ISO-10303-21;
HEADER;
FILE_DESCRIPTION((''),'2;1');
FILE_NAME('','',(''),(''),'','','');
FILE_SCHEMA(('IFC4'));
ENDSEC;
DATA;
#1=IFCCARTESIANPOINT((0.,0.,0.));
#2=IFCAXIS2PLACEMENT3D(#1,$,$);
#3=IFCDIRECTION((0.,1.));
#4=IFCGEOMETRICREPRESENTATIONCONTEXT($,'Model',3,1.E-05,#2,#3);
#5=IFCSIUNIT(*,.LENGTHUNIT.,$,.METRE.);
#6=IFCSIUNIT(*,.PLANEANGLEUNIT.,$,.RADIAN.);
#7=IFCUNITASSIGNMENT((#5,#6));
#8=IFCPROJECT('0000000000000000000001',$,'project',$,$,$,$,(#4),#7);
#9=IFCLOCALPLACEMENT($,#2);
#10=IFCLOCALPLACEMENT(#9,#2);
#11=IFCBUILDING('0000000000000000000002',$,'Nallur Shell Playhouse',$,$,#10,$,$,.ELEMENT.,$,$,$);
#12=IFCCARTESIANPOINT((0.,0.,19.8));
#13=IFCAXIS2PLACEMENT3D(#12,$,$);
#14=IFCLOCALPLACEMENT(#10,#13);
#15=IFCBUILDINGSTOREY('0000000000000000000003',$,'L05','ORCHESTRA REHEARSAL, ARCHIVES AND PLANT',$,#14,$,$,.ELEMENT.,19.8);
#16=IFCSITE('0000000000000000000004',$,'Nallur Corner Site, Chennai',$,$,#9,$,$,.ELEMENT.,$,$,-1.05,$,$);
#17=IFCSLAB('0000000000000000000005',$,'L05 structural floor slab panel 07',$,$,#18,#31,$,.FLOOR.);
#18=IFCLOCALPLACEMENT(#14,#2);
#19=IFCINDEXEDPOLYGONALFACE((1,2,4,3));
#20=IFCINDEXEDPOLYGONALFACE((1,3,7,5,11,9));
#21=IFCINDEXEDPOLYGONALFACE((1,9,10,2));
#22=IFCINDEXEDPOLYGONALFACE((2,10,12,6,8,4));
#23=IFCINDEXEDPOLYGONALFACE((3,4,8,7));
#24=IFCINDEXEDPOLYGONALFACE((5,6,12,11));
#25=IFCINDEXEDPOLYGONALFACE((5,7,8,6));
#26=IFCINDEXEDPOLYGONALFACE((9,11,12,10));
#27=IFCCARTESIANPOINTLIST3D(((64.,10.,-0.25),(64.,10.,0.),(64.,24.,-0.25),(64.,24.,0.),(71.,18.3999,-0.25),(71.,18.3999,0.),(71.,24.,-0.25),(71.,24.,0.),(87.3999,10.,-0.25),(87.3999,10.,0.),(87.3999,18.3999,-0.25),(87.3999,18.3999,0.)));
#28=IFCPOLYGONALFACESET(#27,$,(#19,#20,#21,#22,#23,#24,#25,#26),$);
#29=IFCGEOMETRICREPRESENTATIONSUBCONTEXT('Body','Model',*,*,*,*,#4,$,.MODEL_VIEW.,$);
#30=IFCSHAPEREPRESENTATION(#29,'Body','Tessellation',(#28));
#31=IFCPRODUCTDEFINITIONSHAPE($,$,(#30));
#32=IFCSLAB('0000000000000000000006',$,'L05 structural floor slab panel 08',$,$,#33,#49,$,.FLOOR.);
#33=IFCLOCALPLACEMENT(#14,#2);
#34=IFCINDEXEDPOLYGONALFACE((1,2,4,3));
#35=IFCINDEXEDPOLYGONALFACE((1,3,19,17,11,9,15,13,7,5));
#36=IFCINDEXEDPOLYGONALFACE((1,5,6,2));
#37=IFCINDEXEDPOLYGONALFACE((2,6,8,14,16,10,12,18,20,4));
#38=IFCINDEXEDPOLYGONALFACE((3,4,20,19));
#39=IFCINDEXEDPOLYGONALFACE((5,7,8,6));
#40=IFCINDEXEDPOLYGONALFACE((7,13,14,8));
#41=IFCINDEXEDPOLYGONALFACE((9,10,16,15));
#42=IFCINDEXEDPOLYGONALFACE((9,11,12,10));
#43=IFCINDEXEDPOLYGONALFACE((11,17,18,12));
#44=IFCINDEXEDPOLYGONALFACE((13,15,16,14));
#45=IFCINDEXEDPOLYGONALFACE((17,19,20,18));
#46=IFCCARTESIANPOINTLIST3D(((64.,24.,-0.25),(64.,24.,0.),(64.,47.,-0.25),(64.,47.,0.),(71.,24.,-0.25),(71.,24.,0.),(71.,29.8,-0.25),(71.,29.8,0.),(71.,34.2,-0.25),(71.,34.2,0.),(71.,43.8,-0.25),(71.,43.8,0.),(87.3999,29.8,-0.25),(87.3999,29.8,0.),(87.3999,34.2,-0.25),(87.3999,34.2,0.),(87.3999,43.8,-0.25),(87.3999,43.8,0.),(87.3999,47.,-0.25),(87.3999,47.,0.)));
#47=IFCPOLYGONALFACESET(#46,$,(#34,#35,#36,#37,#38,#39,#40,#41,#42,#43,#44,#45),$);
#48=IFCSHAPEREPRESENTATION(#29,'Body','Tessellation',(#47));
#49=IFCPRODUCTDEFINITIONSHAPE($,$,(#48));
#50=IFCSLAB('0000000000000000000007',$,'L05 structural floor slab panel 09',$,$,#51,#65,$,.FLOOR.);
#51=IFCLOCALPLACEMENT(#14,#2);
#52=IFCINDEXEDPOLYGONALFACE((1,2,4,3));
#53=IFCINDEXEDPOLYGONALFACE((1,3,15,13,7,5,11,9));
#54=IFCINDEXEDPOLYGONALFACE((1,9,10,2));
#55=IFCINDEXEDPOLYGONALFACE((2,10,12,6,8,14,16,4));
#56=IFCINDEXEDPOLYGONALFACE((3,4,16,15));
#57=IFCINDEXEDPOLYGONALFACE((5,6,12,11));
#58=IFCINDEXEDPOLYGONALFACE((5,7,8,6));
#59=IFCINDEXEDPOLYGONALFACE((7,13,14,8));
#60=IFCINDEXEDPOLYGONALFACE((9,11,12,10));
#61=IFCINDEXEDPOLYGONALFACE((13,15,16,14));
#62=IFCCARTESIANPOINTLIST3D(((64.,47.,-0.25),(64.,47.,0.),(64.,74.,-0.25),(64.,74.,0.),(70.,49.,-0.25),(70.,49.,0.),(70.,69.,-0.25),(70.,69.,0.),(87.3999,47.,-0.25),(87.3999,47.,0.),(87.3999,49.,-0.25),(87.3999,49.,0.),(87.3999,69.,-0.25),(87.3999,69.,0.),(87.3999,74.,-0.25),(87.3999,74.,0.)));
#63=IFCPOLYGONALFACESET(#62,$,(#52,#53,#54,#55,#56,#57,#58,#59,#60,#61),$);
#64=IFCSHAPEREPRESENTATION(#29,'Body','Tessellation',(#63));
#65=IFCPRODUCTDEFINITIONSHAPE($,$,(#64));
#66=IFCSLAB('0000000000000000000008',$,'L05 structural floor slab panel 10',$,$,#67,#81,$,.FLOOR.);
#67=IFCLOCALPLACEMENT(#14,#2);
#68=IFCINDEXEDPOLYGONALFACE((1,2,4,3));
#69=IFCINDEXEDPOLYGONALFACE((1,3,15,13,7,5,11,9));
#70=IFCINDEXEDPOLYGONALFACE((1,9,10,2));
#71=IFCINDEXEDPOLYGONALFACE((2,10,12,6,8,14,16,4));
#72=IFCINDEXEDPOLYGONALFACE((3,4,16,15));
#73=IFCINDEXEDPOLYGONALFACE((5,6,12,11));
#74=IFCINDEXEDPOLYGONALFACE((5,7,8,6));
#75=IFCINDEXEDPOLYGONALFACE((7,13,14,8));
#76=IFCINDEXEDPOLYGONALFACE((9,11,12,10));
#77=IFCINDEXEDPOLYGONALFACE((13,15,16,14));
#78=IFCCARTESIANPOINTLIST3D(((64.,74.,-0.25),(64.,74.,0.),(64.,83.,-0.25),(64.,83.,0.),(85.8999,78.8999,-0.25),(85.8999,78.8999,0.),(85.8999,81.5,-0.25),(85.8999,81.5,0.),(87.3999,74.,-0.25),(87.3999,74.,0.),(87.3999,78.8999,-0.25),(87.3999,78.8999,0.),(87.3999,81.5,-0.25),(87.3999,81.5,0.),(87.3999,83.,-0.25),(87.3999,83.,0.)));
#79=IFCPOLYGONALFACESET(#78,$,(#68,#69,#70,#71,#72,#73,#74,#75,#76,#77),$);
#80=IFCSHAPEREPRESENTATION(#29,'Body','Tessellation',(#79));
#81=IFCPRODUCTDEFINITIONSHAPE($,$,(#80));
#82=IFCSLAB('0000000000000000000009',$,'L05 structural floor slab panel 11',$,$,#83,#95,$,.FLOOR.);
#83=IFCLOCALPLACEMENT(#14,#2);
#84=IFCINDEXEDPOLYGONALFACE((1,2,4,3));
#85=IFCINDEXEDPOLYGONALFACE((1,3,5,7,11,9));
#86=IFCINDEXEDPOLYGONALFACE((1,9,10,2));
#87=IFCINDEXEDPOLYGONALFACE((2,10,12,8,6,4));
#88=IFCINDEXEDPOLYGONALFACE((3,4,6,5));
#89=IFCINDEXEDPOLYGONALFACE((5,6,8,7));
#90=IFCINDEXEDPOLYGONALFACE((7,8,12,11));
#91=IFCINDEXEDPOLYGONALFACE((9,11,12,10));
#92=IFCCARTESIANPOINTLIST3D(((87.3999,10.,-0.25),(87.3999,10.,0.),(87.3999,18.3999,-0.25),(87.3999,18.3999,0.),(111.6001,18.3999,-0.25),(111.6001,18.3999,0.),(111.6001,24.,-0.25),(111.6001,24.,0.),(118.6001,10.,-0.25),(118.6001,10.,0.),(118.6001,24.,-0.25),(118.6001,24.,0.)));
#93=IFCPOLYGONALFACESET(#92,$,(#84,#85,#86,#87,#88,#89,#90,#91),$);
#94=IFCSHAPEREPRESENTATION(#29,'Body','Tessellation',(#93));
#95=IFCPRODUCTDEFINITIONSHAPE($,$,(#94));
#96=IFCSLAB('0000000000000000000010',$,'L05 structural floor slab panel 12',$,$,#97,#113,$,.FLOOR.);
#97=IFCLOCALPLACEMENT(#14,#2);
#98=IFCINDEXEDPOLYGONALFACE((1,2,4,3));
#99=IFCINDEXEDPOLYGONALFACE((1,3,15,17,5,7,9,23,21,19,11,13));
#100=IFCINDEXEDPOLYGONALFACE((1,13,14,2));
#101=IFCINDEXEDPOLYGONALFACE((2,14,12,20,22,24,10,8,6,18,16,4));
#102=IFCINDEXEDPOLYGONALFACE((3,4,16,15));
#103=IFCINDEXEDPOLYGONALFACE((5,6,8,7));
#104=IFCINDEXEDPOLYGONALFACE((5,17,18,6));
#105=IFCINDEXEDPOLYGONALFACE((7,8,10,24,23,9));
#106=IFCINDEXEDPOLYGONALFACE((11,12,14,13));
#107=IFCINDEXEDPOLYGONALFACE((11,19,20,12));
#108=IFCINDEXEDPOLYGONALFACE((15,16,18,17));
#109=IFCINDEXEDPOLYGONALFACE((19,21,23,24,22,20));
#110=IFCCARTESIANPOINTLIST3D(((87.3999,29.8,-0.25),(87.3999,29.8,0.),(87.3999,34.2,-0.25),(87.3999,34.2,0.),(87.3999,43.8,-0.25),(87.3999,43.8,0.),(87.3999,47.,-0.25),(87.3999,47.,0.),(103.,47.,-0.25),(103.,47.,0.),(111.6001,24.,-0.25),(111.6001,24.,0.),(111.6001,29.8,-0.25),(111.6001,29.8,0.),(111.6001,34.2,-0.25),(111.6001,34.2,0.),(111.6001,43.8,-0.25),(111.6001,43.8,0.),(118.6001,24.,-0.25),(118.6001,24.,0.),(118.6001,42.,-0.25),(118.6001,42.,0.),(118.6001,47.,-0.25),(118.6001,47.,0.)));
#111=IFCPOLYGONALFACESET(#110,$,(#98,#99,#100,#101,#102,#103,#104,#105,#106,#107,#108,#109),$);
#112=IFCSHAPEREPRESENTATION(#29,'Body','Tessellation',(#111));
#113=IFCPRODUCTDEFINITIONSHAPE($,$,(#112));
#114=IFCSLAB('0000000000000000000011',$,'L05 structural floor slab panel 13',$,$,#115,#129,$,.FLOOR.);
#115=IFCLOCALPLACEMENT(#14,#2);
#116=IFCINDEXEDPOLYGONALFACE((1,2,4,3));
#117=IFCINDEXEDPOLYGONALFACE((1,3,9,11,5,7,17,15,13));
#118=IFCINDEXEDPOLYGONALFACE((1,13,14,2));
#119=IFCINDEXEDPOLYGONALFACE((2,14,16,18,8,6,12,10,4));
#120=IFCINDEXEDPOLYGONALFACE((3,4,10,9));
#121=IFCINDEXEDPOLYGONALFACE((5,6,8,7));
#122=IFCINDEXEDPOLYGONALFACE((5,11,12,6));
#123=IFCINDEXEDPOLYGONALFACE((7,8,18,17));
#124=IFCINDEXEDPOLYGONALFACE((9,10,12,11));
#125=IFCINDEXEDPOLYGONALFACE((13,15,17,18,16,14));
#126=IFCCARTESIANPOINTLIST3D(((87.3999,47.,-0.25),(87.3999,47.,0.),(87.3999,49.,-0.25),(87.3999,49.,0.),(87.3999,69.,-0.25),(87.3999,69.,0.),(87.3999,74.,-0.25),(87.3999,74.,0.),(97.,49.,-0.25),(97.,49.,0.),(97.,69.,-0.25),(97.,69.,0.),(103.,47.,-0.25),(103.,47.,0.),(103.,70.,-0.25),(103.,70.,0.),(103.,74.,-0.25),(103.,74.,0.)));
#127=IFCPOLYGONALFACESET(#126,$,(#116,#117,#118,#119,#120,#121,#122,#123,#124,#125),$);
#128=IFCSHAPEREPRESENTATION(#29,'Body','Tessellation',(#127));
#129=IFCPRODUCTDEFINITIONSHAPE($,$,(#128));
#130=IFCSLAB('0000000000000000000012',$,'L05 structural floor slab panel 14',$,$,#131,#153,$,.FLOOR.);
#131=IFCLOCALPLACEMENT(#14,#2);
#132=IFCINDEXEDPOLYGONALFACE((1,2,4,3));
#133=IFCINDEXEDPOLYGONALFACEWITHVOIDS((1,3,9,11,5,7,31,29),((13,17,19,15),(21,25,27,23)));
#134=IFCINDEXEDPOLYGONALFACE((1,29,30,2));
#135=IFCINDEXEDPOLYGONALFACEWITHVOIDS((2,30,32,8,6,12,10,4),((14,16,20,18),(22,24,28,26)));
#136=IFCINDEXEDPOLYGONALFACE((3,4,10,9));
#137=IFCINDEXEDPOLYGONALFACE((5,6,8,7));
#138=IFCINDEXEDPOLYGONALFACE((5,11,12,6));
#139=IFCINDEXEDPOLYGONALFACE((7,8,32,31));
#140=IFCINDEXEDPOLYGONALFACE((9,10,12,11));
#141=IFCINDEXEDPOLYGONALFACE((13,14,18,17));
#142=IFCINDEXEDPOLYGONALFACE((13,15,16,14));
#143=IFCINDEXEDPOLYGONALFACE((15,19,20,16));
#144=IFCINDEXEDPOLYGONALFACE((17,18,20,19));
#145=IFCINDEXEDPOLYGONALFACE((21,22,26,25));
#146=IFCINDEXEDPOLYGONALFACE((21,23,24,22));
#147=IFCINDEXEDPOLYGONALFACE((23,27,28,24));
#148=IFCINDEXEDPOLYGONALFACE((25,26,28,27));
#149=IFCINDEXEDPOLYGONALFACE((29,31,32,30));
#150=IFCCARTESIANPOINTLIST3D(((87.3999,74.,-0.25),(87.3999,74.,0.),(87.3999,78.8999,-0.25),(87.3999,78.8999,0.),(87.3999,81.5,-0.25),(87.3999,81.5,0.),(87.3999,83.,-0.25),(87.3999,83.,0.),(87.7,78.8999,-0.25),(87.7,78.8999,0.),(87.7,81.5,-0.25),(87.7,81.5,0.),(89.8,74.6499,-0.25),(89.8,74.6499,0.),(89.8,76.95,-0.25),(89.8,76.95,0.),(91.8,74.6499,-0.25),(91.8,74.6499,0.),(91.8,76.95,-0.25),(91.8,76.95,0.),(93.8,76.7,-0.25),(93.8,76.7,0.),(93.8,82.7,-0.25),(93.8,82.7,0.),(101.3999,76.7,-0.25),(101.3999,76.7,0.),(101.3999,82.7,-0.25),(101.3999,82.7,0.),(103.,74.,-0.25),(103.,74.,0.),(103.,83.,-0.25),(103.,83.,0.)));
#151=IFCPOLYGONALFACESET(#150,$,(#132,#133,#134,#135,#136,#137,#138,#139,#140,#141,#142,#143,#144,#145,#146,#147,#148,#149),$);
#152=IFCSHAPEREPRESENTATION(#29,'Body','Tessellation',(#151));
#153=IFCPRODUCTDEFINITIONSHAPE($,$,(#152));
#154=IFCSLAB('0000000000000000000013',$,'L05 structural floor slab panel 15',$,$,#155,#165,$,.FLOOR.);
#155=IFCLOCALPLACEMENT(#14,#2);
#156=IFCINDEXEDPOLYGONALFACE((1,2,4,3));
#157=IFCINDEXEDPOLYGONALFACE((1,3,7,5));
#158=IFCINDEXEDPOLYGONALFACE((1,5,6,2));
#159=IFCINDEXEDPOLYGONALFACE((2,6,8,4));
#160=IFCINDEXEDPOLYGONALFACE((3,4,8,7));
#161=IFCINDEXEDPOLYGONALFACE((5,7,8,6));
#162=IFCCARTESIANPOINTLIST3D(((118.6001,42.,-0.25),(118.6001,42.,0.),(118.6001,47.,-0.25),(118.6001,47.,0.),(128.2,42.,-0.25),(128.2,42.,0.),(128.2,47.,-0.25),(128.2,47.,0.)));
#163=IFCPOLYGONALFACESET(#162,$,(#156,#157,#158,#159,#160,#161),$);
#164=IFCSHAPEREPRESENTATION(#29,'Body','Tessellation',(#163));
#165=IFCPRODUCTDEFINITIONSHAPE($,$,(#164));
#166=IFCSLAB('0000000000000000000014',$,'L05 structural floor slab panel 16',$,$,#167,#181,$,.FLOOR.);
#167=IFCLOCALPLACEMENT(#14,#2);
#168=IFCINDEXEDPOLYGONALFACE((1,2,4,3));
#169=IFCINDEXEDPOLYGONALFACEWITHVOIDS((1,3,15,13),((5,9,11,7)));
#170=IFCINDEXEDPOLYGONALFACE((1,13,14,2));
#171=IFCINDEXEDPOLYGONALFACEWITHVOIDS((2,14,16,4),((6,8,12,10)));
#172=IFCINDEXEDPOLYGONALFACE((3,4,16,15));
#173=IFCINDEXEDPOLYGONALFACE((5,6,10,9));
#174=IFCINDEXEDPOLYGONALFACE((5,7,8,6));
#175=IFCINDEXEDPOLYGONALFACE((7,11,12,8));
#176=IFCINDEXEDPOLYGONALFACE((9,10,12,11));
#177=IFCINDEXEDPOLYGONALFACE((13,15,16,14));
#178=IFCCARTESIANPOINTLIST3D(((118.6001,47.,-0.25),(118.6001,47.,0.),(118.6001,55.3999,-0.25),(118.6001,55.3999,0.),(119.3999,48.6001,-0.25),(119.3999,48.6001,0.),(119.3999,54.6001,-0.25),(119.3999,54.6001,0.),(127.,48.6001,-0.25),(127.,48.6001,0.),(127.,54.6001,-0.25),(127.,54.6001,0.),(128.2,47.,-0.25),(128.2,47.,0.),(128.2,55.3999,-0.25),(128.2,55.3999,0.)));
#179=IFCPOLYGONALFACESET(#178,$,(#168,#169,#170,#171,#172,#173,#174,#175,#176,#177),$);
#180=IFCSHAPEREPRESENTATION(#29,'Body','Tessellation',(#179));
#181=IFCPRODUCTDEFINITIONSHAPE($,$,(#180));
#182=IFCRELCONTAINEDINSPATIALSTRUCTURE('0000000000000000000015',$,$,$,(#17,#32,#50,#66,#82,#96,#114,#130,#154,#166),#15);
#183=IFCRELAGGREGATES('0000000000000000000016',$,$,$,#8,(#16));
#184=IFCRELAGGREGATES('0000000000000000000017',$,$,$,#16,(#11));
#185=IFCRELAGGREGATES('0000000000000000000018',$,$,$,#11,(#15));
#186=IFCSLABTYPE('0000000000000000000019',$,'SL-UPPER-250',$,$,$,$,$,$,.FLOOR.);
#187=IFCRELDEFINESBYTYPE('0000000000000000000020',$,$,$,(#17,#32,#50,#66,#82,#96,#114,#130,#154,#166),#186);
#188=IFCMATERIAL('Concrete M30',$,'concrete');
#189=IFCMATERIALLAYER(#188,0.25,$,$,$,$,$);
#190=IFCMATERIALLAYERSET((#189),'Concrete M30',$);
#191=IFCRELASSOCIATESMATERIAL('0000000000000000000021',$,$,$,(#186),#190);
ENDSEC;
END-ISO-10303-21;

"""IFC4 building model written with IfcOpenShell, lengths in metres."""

from ifc_helpers import new_model, si_unit, direction, frame, origin, place, context, subcontext, project, spatial, polyline, outline, extrude, material, layer, layer_set, type_object, element, save


model = new_model("IFC4")

# Units and contexts
model_context = context("Model", 3, precision=1e-05, world=origin(), true_north=direction((0.0, 1.0)))
body_context = subcontext(model_context, "Body", "Model", "MODEL_VIEW")
ifc_project = project(units=[si_unit("LENGTHUNIT", "METRE"), si_unit("PLANEANGLEUNIT", "RADIAN")], contexts=[model_context])

# Site, building, storey
site_placement = place(None, origin())
site = spatial("IfcSite", under=ifc_project, at=site_placement, Name="Nallur Corner Site, Chennai", CompositionType="ELEMENT", RefElevation=-1.05)
building_placement = place(site_placement, origin())
building = spatial("IfcBuilding", under=site, at=building_placement, Name="Nallur Shell Playhouse", CompositionType="ELEMENT")
storey_placement = place(building_placement, frame((0.0, 0.0, 19.8)))
storey = spatial("IfcBuildingStorey", under=building, at=storey_placement, Name="L05", Description="ORCHESTRA REHEARSAL, ARCHIVES AND PLANT", CompositionType="ELEMENT", Elevation=19.8)

# Slabs
ifc_material_1 = material(Name="Concrete M30", Category="concrete")
ifc_layer_1 = layer(ifc_material_1, 0.25)
ifc_layer_set_1 = layer_set([ifc_layer_1], Name="Concrete M30")
slab_type_1 = type_object("IfcSlabType", Name="SL-UPPER-250", PredefinedType="FLOOR", material=ifc_layer_set_1)
slab_1_placement = place(storey_placement, frame((0.0, 0.0, -0.25)))
element("IfcSlab", 1, at=slab_1_placement, inside=storey, type_object=slab_type_1, Name="L05 structural floor slab panel 07", PredefinedType="FLOOR", context=body_context, shape_type="SweptSolid", body=[
    extrude(outline(polyline([(64.0, 10.0), (64.0, 24.0), (71.0, 24.0), (71.0, 18.3999), (87.3999, 18.3999), (87.3999, 10.0), (64.0, 10.0)])), origin(), (0.0, 0.0, 1.0), 0.25),
])
slab_2_placement = place(storey_placement, frame((0.0, 0.0, -0.25)))
element("IfcSlab", 2, at=slab_2_placement, inside=storey, type_object=slab_type_1, Name="L05 structural floor slab panel 08", PredefinedType="FLOOR", context=body_context, shape_type="SweptSolid", body=[
    extrude(outline(polyline([(64.0, 47.0), (87.3999, 47.0), (87.3999, 43.8), (71.0, 43.8), (71.0, 34.2), (87.3999, 34.2), (87.3999, 29.8), (71.0, 29.8), (71.0, 24.0), (64.0, 24.0), (64.0, 47.0)])), origin(), (0.0, 0.0, 1.0), 0.25),
])
slab_3_placement = place(storey_placement, frame((0.0, 0.0, -0.25)))
element("IfcSlab", 3, at=slab_3_placement, inside=storey, type_object=slab_type_1, Name="L05 structural floor slab panel 09", PredefinedType="FLOOR", context=body_context, shape_type="SweptSolid", body=[
    extrude(outline(polyline([(70.0, 69.0), (70.0, 49.0), (87.3999, 49.0), (87.3999, 47.0), (64.0, 47.0), (64.0, 74.0), (87.3999, 74.0), (87.3999, 69.0), (70.0, 69.0)])), origin(), (0.0, 0.0, 1.0), 0.25),
])
slab_4_placement = place(storey_placement, frame((0.0, 0.0, -0.25)))
element("IfcSlab", 4, at=slab_4_placement, inside=storey, type_object=slab_type_1, Name="L05 structural floor slab panel 10", PredefinedType="FLOOR", context=body_context, shape_type="SweptSolid", body=[
    extrude(outline(polyline([(87.3999, 83.0), (87.3999, 81.5), (85.8999, 81.5), (85.8999, 78.8999), (87.3999, 78.8999), (87.3999, 74.0), (64.0, 74.0), (64.0, 83.0), (87.3999, 83.0)])), origin(), (0.0, 0.0, 1.0), 0.25),
])
slab_5_placement = place(storey_placement, frame((0.0, 0.0, -0.25)))
element("IfcSlab", 5, at=slab_5_placement, inside=storey, type_object=slab_type_1, Name="L05 structural floor slab panel 11", PredefinedType="FLOOR", context=body_context, shape_type="SweptSolid", body=[
    extrude(outline(polyline([(118.6001, 10.0), (87.3999, 10.0), (87.3999, 18.3999), (111.6001, 18.3999), (111.6001, 24.0), (118.6001, 24.0), (118.6001, 10.0)])), origin(), (0.0, 0.0, 1.0), 0.25),
])
slab_6_placement = place(storey_placement, frame((0.0, 0.0, -0.25)))
element("IfcSlab", 6, at=slab_6_placement, inside=storey, type_object=slab_type_1, Name="L05 structural floor slab panel 12", PredefinedType="FLOOR", context=body_context, shape_type="SweptSolid", body=[
    extrude(outline(polyline([(118.6001, 47.0), (118.6001, 42.0), (118.6001, 24.0), (111.6001, 24.0), (111.6001, 29.8), (87.3999, 29.8), (87.3999, 34.2), (111.6001, 34.2), (111.6001, 43.8), (87.3999, 43.8), (87.3999, 47.0), (103.0, 47.0), (118.6001, 47.0)])), origin(), (0.0, 0.0, 1.0), 0.25),
])
slab_7_placement = place(storey_placement, frame((0.0, 0.0, -0.25)))
element("IfcSlab", 7, at=slab_7_placement, inside=storey, type_object=slab_type_1, Name="L05 structural floor slab panel 13", PredefinedType="FLOOR", context=body_context, shape_type="SweptSolid", body=[
    extrude(outline(polyline([(103.0, 70.0), (103.0, 47.0), (87.3999, 47.0), (87.3999, 49.0), (97.0, 49.0), (97.0, 69.0), (87.3999, 69.0), (87.3999, 74.0), (103.0, 74.0), (103.0, 70.0)])), origin(), (0.0, 0.0, 1.0), 0.25),
])
slab_8_placement = place(storey_placement, frame((0.0, 0.0, -0.25)))
element("IfcSlab", 8, at=slab_8_placement, inside=storey, type_object=slab_type_1, Name="L05 structural floor slab panel 14", PredefinedType="FLOOR", context=body_context, shape_type="SweptSolid", body=[
    extrude(outline(polyline([(103.0, 83.0), (103.0, 74.0), (87.3999, 74.0), (87.3999, 78.8999), (87.7, 78.8999), (87.7, 81.5), (87.3999, 81.5), (87.3999, 83.0), (103.0, 83.0)]), holes=[polyline([(89.8, 76.95), (89.8, 74.6499), (91.8, 74.6499), (91.8, 76.95), (89.8, 76.95)]), polyline([(101.3999, 82.7), (93.8, 82.7), (93.8, 76.7), (101.3999, 76.7), (101.3999, 82.7)])]), origin(), (0.0, 0.0, 1.0), 0.25),
])
slab_9_placement = place(storey_placement, frame((0.0, 0.0, -0.25)))
element("IfcSlab", 9, at=slab_9_placement, inside=storey, type_object=slab_type_1, Name="L05 structural floor slab panel 15", PredefinedType="FLOOR", context=body_context, shape_type="SweptSolid", body=[
    extrude(outline(polyline([(128.2, 42.0), (118.6001, 42.0), (118.6001, 47.0), (128.2, 47.0), (128.2, 42.0)])), origin(), (0.0, 0.0, 1.0), 0.25),
])
slab_10_placement = place(storey_placement, frame((0.0, 0.0, -0.25)))
element("IfcSlab", 10, at=slab_10_placement, inside=storey, type_object=slab_type_1, Name="L05 structural floor slab panel 16", PredefinedType="FLOOR", context=body_context, shape_type="SweptSolid", body=[
    extrude(outline(polyline([(118.6001, 55.3999), (128.2, 55.3999), (128.2, 47.0), (118.6001, 47.0), (118.6001, 55.3999)]), holes=[polyline([(127.0, 54.6001), (119.3999, 54.6001), (119.3999, 48.6001), (127.0, 48.6001), (127.0, 54.6001)])]), origin(), (0.0, 0.0, 1.0), 0.25),
])

save(model, "model.ifc")
